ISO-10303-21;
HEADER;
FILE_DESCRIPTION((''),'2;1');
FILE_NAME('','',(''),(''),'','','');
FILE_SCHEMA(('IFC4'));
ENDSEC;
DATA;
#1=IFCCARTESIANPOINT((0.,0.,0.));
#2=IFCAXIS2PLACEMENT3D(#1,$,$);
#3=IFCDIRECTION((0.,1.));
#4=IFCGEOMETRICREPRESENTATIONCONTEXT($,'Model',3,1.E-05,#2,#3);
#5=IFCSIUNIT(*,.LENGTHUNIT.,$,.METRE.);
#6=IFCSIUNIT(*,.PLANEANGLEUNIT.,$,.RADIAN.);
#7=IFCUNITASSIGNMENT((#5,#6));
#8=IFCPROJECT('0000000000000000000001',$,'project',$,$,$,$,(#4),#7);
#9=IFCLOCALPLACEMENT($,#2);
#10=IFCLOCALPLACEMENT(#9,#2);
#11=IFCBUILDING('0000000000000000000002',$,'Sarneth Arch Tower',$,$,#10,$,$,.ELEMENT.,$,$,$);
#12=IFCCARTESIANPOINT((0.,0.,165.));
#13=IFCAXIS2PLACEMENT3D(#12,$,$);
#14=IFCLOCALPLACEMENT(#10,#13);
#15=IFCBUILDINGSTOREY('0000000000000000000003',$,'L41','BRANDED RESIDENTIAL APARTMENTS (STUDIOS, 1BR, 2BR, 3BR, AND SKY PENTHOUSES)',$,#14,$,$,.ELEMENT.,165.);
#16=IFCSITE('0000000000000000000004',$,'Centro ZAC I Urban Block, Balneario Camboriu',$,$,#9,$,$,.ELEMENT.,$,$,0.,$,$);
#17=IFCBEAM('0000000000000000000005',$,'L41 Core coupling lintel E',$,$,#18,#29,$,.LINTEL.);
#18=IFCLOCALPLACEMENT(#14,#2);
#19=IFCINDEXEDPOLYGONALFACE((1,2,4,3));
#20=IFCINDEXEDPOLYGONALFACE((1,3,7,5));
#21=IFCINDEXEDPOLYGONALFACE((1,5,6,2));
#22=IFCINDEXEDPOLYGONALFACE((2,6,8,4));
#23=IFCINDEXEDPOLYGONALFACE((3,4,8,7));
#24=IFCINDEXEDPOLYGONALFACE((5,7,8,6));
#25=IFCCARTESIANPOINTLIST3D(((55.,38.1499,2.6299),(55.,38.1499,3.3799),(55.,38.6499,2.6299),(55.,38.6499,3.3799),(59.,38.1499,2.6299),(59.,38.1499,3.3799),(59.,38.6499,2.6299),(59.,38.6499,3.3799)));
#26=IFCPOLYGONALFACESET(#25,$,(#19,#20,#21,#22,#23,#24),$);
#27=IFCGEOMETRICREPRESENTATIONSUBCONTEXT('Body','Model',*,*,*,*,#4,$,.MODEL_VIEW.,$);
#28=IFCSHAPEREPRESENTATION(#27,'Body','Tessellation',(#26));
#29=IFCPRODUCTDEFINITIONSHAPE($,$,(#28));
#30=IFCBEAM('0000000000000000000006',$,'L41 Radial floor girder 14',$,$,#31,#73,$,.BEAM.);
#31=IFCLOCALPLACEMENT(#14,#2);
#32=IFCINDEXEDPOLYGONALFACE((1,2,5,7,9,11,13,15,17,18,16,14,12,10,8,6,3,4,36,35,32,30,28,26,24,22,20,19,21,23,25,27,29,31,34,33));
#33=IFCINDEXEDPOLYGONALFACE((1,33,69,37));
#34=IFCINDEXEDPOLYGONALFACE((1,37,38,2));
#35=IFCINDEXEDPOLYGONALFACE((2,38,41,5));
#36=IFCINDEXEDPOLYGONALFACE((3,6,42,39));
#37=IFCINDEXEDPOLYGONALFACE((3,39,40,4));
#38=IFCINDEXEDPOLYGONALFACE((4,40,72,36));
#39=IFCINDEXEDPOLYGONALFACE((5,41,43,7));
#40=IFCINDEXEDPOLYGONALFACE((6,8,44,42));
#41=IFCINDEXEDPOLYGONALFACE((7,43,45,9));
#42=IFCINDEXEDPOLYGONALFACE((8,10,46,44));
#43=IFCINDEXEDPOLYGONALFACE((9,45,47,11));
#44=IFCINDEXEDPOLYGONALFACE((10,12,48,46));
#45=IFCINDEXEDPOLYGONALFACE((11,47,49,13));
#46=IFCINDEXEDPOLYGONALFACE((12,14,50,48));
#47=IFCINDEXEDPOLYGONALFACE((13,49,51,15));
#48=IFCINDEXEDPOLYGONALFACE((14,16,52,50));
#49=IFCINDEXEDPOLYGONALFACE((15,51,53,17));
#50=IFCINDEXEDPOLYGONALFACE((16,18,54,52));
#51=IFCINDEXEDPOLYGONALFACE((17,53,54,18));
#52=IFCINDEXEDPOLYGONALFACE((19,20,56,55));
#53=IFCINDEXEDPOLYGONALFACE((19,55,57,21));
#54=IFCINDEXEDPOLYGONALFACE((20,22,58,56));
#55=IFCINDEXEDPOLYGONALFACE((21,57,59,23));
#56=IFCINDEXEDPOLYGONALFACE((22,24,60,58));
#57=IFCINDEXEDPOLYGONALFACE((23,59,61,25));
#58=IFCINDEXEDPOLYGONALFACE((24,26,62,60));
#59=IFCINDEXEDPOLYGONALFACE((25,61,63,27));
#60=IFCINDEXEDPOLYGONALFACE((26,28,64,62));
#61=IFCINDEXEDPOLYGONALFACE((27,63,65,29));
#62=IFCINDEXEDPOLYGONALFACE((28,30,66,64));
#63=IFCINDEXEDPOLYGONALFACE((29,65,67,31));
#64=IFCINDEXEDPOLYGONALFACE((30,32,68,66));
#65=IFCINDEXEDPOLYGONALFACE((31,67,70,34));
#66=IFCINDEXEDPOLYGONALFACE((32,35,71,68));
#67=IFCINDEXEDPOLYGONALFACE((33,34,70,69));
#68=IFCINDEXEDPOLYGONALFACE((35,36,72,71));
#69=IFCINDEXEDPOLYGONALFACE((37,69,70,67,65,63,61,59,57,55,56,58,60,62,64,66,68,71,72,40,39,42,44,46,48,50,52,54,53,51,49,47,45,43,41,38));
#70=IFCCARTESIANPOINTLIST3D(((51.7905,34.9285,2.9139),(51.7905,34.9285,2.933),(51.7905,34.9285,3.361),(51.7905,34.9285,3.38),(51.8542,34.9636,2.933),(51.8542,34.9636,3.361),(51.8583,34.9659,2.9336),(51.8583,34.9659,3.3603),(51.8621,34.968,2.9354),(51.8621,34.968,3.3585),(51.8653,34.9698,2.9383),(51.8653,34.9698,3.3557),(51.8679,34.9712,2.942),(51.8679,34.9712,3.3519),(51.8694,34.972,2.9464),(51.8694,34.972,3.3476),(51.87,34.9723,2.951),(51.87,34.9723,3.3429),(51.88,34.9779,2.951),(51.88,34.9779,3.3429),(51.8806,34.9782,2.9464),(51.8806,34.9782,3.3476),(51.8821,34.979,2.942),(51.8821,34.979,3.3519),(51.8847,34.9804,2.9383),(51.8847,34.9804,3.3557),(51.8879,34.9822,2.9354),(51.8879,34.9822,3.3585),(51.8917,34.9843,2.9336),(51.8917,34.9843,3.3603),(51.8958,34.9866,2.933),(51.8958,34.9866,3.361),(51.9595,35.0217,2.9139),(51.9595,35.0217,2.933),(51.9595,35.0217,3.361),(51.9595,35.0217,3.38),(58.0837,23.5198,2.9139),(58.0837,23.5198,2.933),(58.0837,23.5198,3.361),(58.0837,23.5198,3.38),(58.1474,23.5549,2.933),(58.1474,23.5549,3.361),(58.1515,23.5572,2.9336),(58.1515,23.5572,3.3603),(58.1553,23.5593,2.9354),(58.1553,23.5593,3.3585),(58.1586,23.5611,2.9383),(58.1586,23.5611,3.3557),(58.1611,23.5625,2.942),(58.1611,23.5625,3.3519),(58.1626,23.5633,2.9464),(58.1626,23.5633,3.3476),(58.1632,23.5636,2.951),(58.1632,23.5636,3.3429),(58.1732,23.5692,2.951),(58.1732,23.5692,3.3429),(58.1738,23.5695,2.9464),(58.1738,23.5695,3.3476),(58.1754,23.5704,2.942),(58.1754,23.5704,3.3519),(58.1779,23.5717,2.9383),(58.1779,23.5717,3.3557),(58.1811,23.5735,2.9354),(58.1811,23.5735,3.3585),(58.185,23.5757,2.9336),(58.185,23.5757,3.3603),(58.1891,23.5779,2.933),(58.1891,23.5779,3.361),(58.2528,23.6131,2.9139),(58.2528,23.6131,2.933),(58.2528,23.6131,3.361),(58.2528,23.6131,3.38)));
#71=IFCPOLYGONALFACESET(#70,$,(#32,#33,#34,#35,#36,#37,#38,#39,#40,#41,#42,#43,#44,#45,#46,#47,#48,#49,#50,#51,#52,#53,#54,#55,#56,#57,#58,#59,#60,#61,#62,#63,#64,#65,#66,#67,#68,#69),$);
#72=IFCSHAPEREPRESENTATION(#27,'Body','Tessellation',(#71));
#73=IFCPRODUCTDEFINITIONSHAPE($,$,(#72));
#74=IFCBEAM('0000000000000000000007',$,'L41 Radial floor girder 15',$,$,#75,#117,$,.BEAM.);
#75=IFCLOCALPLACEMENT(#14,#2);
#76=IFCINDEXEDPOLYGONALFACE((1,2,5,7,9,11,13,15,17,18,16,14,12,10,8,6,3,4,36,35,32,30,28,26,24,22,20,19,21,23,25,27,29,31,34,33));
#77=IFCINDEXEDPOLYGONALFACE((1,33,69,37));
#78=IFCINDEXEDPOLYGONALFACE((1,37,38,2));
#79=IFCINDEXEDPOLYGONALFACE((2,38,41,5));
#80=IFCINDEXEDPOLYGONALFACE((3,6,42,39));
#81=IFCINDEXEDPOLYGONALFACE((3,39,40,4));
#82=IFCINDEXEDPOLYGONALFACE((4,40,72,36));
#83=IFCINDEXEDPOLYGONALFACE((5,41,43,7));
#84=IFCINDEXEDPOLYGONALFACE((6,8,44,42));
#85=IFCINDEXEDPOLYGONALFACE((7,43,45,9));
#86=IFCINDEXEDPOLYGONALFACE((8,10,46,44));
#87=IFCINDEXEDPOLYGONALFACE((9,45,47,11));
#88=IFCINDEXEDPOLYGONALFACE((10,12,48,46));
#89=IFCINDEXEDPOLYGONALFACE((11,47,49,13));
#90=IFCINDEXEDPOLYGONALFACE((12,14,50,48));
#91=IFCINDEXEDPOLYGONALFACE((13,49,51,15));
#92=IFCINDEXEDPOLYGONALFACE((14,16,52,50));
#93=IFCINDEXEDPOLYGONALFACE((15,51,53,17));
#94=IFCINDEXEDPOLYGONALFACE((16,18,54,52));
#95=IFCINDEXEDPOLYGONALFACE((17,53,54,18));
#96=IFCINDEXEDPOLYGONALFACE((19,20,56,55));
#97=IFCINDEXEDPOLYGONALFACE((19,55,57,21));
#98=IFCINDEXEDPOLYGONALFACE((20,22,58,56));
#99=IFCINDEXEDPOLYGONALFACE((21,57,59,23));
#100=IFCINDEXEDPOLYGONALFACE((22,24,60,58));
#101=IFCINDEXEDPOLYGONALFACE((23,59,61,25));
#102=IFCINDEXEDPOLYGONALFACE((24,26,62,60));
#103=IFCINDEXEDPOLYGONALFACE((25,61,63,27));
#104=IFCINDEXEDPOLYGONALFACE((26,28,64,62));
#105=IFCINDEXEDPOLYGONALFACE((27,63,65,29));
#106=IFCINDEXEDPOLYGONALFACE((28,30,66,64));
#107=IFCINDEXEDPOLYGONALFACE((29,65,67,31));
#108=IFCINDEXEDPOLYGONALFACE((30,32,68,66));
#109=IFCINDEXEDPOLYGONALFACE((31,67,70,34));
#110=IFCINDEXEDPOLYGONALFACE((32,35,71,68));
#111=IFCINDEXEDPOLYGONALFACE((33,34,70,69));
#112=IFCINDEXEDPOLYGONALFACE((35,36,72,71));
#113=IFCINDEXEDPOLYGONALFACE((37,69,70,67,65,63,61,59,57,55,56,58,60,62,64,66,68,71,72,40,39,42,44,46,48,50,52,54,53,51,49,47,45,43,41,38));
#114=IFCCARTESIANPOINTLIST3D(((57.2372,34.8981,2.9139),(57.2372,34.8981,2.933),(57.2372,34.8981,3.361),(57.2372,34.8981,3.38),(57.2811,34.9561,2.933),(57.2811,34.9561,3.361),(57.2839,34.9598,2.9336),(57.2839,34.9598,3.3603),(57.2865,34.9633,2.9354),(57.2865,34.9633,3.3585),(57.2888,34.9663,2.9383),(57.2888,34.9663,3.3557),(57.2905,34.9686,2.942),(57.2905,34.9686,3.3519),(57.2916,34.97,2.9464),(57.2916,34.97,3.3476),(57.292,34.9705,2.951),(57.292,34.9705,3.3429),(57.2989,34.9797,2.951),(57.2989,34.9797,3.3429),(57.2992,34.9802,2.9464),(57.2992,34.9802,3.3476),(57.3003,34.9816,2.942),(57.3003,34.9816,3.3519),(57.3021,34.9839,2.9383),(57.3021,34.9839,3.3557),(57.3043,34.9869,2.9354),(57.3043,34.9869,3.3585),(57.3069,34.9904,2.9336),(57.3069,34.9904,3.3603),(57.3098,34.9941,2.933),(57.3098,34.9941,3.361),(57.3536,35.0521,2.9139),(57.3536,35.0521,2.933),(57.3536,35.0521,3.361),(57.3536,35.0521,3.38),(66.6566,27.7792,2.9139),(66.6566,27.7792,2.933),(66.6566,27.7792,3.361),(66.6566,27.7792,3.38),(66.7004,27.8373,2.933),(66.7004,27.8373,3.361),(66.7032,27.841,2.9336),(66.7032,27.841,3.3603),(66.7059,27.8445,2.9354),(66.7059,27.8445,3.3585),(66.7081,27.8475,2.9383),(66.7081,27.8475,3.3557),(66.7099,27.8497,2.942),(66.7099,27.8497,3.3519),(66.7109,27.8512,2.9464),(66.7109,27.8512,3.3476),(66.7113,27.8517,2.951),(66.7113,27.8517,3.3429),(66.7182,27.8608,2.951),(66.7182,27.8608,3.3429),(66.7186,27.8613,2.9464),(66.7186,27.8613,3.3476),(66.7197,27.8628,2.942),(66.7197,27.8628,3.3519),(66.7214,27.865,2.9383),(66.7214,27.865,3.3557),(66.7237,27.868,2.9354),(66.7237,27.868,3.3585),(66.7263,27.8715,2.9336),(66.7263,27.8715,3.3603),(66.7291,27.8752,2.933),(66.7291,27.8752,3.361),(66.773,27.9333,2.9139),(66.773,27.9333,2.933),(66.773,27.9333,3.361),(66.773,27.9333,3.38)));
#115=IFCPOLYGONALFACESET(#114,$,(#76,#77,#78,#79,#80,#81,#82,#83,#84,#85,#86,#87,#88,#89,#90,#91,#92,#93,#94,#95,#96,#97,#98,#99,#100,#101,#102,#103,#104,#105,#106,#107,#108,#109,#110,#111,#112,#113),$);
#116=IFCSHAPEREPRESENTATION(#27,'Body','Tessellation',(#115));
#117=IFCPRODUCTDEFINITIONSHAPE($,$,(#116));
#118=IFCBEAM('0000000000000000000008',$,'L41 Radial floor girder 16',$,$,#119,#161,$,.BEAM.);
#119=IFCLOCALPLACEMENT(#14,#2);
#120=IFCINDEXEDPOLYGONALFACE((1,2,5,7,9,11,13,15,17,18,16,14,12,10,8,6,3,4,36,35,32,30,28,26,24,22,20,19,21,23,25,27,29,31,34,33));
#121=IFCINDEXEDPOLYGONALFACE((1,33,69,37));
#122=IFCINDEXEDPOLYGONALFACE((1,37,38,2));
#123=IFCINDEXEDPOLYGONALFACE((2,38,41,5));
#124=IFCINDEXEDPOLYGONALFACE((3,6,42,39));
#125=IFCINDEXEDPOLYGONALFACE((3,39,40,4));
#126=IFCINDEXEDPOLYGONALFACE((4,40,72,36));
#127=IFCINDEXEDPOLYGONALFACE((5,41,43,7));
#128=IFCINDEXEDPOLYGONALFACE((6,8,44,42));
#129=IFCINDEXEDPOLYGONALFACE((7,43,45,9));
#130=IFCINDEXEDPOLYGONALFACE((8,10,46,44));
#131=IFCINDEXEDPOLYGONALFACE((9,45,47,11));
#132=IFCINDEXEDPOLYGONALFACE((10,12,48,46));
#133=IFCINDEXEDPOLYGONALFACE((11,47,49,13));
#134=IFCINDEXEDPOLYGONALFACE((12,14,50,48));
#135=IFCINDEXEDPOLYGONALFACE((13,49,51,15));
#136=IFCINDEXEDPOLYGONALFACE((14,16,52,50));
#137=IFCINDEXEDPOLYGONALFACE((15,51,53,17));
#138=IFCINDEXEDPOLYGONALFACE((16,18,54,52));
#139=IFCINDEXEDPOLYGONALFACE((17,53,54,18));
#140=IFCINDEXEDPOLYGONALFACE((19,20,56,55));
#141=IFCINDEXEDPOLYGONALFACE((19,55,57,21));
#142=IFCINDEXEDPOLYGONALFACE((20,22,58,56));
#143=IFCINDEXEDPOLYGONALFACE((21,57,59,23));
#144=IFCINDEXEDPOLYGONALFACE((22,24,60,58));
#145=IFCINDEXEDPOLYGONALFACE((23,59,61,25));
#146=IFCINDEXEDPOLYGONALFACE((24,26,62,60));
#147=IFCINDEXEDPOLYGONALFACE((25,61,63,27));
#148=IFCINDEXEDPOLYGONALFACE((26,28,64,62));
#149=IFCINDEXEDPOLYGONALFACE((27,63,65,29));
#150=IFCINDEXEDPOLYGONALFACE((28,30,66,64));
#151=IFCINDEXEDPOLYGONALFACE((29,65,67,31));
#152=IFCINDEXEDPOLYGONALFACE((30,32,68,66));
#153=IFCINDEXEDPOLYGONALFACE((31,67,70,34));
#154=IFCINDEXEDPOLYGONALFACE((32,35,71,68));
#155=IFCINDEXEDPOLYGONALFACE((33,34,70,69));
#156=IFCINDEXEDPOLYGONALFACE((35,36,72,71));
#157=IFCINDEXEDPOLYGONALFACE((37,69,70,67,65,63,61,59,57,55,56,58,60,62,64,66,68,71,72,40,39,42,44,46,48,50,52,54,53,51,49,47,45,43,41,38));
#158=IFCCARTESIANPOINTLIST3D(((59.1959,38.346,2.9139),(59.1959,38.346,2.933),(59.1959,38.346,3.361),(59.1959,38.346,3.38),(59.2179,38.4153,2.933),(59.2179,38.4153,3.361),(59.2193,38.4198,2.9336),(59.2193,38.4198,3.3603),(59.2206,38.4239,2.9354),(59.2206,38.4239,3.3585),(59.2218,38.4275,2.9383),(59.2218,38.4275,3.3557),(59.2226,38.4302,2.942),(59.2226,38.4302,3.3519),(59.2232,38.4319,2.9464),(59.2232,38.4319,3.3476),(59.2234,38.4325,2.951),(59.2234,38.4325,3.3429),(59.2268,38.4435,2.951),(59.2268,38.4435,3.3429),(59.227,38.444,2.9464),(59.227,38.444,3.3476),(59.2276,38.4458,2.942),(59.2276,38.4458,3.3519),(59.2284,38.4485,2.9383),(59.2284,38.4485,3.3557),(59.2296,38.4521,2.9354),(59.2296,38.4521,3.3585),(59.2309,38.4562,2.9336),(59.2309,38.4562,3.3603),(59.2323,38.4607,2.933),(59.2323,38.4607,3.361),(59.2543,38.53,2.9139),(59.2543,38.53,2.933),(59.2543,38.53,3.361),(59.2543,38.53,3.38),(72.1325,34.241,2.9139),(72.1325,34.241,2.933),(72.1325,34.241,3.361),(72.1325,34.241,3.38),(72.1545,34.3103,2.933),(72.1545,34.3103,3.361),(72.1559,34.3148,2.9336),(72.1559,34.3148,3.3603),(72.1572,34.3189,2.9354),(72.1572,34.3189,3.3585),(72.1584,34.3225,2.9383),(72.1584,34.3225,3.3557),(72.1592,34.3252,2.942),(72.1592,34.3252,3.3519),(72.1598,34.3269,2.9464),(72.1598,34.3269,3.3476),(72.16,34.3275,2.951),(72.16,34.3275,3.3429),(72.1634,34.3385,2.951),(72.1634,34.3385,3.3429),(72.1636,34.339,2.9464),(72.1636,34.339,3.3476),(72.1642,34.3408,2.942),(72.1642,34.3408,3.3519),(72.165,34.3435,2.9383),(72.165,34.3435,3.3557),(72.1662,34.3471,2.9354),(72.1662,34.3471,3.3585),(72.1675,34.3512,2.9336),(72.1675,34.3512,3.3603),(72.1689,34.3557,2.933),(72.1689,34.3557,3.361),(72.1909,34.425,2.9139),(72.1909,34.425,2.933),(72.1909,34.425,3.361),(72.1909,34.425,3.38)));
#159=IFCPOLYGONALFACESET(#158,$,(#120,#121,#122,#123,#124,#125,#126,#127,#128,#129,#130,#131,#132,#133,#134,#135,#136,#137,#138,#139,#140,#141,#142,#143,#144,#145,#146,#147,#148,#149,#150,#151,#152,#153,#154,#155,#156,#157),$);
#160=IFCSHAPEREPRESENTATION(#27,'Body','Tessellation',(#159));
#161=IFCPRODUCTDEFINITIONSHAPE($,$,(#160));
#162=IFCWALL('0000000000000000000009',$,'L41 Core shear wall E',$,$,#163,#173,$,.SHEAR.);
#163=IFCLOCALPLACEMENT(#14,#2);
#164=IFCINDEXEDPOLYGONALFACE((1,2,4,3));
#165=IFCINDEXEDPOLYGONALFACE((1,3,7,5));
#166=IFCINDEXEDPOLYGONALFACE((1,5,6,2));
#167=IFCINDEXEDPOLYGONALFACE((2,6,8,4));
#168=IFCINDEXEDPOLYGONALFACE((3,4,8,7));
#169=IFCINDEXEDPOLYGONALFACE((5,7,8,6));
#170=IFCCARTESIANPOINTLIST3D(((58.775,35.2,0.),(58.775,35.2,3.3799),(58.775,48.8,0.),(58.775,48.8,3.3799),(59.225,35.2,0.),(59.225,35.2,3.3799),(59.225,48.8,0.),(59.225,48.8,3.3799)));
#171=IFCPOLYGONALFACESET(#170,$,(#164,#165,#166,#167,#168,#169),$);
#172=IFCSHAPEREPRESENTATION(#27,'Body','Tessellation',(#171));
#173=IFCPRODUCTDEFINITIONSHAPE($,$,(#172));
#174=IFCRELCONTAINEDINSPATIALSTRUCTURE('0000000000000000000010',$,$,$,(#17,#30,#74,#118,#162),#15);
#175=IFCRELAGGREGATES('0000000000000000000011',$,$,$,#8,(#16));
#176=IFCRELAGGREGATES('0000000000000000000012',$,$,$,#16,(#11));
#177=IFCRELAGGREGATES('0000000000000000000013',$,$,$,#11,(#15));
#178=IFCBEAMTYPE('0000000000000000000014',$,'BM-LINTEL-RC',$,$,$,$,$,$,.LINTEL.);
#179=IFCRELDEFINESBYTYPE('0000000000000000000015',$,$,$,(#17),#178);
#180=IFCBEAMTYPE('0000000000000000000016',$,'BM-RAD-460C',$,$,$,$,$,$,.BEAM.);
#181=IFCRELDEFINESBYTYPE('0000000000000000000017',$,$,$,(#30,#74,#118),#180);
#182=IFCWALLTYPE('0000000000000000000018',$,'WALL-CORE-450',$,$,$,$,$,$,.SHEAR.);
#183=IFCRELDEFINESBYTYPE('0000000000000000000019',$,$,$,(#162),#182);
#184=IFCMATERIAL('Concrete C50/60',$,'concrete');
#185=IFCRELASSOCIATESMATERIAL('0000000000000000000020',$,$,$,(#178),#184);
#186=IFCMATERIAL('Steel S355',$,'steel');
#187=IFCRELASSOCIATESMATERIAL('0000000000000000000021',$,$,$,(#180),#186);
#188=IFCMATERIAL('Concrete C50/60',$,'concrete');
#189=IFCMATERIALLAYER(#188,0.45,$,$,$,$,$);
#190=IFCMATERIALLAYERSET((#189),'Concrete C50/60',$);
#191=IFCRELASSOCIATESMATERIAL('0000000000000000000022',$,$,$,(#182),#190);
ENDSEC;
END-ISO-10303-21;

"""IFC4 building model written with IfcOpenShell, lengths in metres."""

from ifc_helpers import new_model, si_unit, direction, frame, frame_2d, origin, origin_2d, place, context, subcontext, project, spatial, rectangle, i_section, extrude, material, layer, layer_set, material_profile, profile_set, type_object, element, save


model = new_model("IFC4")

# Units and contexts
model_context = context("Model", 3, precision=1e-05, world=origin(), true_north=direction((0.0, 1.0)))
body_context = subcontext(model_context, "Body", "Model", "MODEL_VIEW")
ifc_project = project(units=[si_unit("LENGTHUNIT", "METRE"), si_unit("PLANEANGLEUNIT", "RADIAN")], contexts=[model_context])

# Site, building, storey
site_placement = place(None, origin())
site = spatial("IfcSite", under=ifc_project, at=site_placement, Name="Centro ZAC I Urban Block, Balneario Camboriu", CompositionType="ELEMENT", RefElevation=0.0)
building_placement = place(site_placement, origin())
building = spatial("IfcBuilding", under=site, at=building_placement, Name="Sarneth Arch Tower", CompositionType="ELEMENT")
storey_placement = place(building_placement, frame((0.0, 0.0, 165.0)))
storey = spatial("IfcBuildingStorey", under=building, at=storey_placement, Name="L41", Description="BRANDED RESIDENTIAL APARTMENTS (STUDIOS, 1BR, 2BR, 3BR, AND SKY PENTHOUSES)", CompositionType="ELEMENT", Elevation=165.0)

# Beams
ifc_material_1 = material(Name="Concrete C50/60", Category="concrete")
ifc_material_profile_1 = material_profile(ifc_material_1, rectangle(XDim=0.5, YDim=0.75, at=origin_2d()), Name="RC-500x750")
ifc_profile_set_1 = profile_set([ifc_material_profile_1], Name="Concrete C50/60")
beam_type_1 = type_object("IfcBeamType", Name="BM-LINTEL-RC", PredefinedType="LINTEL", material=ifc_profile_set_1)
beam_1_placement = place(storey_placement, frame((55.0, 38.3999, 3.0049), z_axis=(1.0, 0.0, 0.0), x_axis=(0.0, 1.0, 0.0)))
element("IfcBeam", 1, at=beam_1_placement, inside=storey, type_object=beam_type_1, Name="L41 Core coupling lintel E", PredefinedType="LINTEL", context=body_context, shape_type="SweptSolid", body=[
    extrude(rectangle(XDim=0.5, YDim=0.75, at=origin_2d()), origin(), (0.0, 0.0, 1.0), 4.0),
])
ifc_material_2 = material(Name="Steel S355", Category="steel")
ifc_material_profile_2 = material_profile(ifc_material_2, i_section(OverallWidth=0.1931, OverallDepth=0.4661, WebThickness=0.0115, FlangeThickness=0.019, FilletRadius=0.0181, at=origin_2d()), Name="W460x97")
ifc_profile_set_2 = profile_set([ifc_material_profile_2], Name="Steel S355")
beam_type_2 = type_object("IfcBeamType", Name="BM-RAD-460C", PredefinedType="BEAM", material=ifc_profile_set_2)
beam_2_placement = place(storey_placement, frame((51.875, 34.9751, 3.147), z_axis=(0.483005, -0.875618, 0.0), x_axis=(0.875618, 0.483005, 0.0)))
element("IfcBeam", 2, at=beam_2_placement, inside=storey, type_object=beam_type_2, Name="L41 Radial floor girder 14", PredefinedType="BEAM", context=body_context, shape_type="SweptSolid", body=[
    extrude(i_section(OverallWidth=0.1931, OverallDepth=0.4661, WebThickness=0.0115, FlangeThickness=0.019, FilletRadius=0.0181, at=origin_2d()), origin(), (0.0, 0.0, 1.0), 13.0293),
])
beam_3_placement = place(storey_placement, frame((57.2954, 34.9751, 3.147), z_axis=(0.797786, -0.60294, 0.0), x_axis=(0.60294, 0.797786, 0.0)))
element("IfcBeam", 3, at=beam_3_placement, inside=storey, type_object=beam_type_2, Name="L41 Radial floor girder 15", PredefinedType="BEAM", context=body_context, shape_type="SweptSolid", body=[
    extrude(i_section(OverallWidth=0.1931, OverallDepth=0.4661, WebThickness=0.0115, FlangeThickness=0.019, FilletRadius=0.0181, at=origin_2d()), origin(), (0.0, 0.0, 1.0), 11.8069),
])
beam_4_placement = place(storey_placement, frame((59.2251, 38.438, 3.147), z_axis=(0.953164, -0.302455, 0.0), x_axis=(0.302455, 0.953164, 0.0)))
element("IfcBeam", 4, at=beam_4_placement, inside=storey, type_object=beam_type_2, Name="L41 Radial floor girder 16", PredefinedType="BEAM", context=body_context, shape_type="SweptSolid", body=[
    extrude(i_section(OverallWidth=0.1931, OverallDepth=0.4661, WebThickness=0.0115, FlangeThickness=0.019, FilletRadius=0.0181, at=origin_2d()), origin(), (0.0, 0.0, 1.0), 13.5723),
])

# Shared definitions
ifc_material_3 = material(Name="Concrete C50/60", Category="concrete")
ifc_layer_1 = layer(ifc_material_3, 0.45)
ifc_layer_set_1 = layer_set([ifc_layer_1], Name="Concrete C50/60")
wall_type_1 = type_object("IfcWallType", Name="WALL-CORE-450", PredefinedType="SHEAR", material=ifc_layer_set_1)

# Wall
wall_1_placement = place(storey_placement, frame((59.0, 35.2, 0.0), z_axis=(0.0, 0.0, 1.0), x_axis=(0.0, 1.0, 0.0)))
element("IfcWall", 5, at=wall_1_placement, inside=storey, type_object=wall_type_1, Name="L41 Core shear wall E", PredefinedType="SHEAR", context=body_context, shape_type="SweptSolid", body=[
    extrude(rectangle(XDim=13.6001, YDim=0.45, at=frame_2d((6.8, 0.0))), origin(), (0.0, 0.0, 1.0), 3.3799),
])

save(model, "model.ifc")
